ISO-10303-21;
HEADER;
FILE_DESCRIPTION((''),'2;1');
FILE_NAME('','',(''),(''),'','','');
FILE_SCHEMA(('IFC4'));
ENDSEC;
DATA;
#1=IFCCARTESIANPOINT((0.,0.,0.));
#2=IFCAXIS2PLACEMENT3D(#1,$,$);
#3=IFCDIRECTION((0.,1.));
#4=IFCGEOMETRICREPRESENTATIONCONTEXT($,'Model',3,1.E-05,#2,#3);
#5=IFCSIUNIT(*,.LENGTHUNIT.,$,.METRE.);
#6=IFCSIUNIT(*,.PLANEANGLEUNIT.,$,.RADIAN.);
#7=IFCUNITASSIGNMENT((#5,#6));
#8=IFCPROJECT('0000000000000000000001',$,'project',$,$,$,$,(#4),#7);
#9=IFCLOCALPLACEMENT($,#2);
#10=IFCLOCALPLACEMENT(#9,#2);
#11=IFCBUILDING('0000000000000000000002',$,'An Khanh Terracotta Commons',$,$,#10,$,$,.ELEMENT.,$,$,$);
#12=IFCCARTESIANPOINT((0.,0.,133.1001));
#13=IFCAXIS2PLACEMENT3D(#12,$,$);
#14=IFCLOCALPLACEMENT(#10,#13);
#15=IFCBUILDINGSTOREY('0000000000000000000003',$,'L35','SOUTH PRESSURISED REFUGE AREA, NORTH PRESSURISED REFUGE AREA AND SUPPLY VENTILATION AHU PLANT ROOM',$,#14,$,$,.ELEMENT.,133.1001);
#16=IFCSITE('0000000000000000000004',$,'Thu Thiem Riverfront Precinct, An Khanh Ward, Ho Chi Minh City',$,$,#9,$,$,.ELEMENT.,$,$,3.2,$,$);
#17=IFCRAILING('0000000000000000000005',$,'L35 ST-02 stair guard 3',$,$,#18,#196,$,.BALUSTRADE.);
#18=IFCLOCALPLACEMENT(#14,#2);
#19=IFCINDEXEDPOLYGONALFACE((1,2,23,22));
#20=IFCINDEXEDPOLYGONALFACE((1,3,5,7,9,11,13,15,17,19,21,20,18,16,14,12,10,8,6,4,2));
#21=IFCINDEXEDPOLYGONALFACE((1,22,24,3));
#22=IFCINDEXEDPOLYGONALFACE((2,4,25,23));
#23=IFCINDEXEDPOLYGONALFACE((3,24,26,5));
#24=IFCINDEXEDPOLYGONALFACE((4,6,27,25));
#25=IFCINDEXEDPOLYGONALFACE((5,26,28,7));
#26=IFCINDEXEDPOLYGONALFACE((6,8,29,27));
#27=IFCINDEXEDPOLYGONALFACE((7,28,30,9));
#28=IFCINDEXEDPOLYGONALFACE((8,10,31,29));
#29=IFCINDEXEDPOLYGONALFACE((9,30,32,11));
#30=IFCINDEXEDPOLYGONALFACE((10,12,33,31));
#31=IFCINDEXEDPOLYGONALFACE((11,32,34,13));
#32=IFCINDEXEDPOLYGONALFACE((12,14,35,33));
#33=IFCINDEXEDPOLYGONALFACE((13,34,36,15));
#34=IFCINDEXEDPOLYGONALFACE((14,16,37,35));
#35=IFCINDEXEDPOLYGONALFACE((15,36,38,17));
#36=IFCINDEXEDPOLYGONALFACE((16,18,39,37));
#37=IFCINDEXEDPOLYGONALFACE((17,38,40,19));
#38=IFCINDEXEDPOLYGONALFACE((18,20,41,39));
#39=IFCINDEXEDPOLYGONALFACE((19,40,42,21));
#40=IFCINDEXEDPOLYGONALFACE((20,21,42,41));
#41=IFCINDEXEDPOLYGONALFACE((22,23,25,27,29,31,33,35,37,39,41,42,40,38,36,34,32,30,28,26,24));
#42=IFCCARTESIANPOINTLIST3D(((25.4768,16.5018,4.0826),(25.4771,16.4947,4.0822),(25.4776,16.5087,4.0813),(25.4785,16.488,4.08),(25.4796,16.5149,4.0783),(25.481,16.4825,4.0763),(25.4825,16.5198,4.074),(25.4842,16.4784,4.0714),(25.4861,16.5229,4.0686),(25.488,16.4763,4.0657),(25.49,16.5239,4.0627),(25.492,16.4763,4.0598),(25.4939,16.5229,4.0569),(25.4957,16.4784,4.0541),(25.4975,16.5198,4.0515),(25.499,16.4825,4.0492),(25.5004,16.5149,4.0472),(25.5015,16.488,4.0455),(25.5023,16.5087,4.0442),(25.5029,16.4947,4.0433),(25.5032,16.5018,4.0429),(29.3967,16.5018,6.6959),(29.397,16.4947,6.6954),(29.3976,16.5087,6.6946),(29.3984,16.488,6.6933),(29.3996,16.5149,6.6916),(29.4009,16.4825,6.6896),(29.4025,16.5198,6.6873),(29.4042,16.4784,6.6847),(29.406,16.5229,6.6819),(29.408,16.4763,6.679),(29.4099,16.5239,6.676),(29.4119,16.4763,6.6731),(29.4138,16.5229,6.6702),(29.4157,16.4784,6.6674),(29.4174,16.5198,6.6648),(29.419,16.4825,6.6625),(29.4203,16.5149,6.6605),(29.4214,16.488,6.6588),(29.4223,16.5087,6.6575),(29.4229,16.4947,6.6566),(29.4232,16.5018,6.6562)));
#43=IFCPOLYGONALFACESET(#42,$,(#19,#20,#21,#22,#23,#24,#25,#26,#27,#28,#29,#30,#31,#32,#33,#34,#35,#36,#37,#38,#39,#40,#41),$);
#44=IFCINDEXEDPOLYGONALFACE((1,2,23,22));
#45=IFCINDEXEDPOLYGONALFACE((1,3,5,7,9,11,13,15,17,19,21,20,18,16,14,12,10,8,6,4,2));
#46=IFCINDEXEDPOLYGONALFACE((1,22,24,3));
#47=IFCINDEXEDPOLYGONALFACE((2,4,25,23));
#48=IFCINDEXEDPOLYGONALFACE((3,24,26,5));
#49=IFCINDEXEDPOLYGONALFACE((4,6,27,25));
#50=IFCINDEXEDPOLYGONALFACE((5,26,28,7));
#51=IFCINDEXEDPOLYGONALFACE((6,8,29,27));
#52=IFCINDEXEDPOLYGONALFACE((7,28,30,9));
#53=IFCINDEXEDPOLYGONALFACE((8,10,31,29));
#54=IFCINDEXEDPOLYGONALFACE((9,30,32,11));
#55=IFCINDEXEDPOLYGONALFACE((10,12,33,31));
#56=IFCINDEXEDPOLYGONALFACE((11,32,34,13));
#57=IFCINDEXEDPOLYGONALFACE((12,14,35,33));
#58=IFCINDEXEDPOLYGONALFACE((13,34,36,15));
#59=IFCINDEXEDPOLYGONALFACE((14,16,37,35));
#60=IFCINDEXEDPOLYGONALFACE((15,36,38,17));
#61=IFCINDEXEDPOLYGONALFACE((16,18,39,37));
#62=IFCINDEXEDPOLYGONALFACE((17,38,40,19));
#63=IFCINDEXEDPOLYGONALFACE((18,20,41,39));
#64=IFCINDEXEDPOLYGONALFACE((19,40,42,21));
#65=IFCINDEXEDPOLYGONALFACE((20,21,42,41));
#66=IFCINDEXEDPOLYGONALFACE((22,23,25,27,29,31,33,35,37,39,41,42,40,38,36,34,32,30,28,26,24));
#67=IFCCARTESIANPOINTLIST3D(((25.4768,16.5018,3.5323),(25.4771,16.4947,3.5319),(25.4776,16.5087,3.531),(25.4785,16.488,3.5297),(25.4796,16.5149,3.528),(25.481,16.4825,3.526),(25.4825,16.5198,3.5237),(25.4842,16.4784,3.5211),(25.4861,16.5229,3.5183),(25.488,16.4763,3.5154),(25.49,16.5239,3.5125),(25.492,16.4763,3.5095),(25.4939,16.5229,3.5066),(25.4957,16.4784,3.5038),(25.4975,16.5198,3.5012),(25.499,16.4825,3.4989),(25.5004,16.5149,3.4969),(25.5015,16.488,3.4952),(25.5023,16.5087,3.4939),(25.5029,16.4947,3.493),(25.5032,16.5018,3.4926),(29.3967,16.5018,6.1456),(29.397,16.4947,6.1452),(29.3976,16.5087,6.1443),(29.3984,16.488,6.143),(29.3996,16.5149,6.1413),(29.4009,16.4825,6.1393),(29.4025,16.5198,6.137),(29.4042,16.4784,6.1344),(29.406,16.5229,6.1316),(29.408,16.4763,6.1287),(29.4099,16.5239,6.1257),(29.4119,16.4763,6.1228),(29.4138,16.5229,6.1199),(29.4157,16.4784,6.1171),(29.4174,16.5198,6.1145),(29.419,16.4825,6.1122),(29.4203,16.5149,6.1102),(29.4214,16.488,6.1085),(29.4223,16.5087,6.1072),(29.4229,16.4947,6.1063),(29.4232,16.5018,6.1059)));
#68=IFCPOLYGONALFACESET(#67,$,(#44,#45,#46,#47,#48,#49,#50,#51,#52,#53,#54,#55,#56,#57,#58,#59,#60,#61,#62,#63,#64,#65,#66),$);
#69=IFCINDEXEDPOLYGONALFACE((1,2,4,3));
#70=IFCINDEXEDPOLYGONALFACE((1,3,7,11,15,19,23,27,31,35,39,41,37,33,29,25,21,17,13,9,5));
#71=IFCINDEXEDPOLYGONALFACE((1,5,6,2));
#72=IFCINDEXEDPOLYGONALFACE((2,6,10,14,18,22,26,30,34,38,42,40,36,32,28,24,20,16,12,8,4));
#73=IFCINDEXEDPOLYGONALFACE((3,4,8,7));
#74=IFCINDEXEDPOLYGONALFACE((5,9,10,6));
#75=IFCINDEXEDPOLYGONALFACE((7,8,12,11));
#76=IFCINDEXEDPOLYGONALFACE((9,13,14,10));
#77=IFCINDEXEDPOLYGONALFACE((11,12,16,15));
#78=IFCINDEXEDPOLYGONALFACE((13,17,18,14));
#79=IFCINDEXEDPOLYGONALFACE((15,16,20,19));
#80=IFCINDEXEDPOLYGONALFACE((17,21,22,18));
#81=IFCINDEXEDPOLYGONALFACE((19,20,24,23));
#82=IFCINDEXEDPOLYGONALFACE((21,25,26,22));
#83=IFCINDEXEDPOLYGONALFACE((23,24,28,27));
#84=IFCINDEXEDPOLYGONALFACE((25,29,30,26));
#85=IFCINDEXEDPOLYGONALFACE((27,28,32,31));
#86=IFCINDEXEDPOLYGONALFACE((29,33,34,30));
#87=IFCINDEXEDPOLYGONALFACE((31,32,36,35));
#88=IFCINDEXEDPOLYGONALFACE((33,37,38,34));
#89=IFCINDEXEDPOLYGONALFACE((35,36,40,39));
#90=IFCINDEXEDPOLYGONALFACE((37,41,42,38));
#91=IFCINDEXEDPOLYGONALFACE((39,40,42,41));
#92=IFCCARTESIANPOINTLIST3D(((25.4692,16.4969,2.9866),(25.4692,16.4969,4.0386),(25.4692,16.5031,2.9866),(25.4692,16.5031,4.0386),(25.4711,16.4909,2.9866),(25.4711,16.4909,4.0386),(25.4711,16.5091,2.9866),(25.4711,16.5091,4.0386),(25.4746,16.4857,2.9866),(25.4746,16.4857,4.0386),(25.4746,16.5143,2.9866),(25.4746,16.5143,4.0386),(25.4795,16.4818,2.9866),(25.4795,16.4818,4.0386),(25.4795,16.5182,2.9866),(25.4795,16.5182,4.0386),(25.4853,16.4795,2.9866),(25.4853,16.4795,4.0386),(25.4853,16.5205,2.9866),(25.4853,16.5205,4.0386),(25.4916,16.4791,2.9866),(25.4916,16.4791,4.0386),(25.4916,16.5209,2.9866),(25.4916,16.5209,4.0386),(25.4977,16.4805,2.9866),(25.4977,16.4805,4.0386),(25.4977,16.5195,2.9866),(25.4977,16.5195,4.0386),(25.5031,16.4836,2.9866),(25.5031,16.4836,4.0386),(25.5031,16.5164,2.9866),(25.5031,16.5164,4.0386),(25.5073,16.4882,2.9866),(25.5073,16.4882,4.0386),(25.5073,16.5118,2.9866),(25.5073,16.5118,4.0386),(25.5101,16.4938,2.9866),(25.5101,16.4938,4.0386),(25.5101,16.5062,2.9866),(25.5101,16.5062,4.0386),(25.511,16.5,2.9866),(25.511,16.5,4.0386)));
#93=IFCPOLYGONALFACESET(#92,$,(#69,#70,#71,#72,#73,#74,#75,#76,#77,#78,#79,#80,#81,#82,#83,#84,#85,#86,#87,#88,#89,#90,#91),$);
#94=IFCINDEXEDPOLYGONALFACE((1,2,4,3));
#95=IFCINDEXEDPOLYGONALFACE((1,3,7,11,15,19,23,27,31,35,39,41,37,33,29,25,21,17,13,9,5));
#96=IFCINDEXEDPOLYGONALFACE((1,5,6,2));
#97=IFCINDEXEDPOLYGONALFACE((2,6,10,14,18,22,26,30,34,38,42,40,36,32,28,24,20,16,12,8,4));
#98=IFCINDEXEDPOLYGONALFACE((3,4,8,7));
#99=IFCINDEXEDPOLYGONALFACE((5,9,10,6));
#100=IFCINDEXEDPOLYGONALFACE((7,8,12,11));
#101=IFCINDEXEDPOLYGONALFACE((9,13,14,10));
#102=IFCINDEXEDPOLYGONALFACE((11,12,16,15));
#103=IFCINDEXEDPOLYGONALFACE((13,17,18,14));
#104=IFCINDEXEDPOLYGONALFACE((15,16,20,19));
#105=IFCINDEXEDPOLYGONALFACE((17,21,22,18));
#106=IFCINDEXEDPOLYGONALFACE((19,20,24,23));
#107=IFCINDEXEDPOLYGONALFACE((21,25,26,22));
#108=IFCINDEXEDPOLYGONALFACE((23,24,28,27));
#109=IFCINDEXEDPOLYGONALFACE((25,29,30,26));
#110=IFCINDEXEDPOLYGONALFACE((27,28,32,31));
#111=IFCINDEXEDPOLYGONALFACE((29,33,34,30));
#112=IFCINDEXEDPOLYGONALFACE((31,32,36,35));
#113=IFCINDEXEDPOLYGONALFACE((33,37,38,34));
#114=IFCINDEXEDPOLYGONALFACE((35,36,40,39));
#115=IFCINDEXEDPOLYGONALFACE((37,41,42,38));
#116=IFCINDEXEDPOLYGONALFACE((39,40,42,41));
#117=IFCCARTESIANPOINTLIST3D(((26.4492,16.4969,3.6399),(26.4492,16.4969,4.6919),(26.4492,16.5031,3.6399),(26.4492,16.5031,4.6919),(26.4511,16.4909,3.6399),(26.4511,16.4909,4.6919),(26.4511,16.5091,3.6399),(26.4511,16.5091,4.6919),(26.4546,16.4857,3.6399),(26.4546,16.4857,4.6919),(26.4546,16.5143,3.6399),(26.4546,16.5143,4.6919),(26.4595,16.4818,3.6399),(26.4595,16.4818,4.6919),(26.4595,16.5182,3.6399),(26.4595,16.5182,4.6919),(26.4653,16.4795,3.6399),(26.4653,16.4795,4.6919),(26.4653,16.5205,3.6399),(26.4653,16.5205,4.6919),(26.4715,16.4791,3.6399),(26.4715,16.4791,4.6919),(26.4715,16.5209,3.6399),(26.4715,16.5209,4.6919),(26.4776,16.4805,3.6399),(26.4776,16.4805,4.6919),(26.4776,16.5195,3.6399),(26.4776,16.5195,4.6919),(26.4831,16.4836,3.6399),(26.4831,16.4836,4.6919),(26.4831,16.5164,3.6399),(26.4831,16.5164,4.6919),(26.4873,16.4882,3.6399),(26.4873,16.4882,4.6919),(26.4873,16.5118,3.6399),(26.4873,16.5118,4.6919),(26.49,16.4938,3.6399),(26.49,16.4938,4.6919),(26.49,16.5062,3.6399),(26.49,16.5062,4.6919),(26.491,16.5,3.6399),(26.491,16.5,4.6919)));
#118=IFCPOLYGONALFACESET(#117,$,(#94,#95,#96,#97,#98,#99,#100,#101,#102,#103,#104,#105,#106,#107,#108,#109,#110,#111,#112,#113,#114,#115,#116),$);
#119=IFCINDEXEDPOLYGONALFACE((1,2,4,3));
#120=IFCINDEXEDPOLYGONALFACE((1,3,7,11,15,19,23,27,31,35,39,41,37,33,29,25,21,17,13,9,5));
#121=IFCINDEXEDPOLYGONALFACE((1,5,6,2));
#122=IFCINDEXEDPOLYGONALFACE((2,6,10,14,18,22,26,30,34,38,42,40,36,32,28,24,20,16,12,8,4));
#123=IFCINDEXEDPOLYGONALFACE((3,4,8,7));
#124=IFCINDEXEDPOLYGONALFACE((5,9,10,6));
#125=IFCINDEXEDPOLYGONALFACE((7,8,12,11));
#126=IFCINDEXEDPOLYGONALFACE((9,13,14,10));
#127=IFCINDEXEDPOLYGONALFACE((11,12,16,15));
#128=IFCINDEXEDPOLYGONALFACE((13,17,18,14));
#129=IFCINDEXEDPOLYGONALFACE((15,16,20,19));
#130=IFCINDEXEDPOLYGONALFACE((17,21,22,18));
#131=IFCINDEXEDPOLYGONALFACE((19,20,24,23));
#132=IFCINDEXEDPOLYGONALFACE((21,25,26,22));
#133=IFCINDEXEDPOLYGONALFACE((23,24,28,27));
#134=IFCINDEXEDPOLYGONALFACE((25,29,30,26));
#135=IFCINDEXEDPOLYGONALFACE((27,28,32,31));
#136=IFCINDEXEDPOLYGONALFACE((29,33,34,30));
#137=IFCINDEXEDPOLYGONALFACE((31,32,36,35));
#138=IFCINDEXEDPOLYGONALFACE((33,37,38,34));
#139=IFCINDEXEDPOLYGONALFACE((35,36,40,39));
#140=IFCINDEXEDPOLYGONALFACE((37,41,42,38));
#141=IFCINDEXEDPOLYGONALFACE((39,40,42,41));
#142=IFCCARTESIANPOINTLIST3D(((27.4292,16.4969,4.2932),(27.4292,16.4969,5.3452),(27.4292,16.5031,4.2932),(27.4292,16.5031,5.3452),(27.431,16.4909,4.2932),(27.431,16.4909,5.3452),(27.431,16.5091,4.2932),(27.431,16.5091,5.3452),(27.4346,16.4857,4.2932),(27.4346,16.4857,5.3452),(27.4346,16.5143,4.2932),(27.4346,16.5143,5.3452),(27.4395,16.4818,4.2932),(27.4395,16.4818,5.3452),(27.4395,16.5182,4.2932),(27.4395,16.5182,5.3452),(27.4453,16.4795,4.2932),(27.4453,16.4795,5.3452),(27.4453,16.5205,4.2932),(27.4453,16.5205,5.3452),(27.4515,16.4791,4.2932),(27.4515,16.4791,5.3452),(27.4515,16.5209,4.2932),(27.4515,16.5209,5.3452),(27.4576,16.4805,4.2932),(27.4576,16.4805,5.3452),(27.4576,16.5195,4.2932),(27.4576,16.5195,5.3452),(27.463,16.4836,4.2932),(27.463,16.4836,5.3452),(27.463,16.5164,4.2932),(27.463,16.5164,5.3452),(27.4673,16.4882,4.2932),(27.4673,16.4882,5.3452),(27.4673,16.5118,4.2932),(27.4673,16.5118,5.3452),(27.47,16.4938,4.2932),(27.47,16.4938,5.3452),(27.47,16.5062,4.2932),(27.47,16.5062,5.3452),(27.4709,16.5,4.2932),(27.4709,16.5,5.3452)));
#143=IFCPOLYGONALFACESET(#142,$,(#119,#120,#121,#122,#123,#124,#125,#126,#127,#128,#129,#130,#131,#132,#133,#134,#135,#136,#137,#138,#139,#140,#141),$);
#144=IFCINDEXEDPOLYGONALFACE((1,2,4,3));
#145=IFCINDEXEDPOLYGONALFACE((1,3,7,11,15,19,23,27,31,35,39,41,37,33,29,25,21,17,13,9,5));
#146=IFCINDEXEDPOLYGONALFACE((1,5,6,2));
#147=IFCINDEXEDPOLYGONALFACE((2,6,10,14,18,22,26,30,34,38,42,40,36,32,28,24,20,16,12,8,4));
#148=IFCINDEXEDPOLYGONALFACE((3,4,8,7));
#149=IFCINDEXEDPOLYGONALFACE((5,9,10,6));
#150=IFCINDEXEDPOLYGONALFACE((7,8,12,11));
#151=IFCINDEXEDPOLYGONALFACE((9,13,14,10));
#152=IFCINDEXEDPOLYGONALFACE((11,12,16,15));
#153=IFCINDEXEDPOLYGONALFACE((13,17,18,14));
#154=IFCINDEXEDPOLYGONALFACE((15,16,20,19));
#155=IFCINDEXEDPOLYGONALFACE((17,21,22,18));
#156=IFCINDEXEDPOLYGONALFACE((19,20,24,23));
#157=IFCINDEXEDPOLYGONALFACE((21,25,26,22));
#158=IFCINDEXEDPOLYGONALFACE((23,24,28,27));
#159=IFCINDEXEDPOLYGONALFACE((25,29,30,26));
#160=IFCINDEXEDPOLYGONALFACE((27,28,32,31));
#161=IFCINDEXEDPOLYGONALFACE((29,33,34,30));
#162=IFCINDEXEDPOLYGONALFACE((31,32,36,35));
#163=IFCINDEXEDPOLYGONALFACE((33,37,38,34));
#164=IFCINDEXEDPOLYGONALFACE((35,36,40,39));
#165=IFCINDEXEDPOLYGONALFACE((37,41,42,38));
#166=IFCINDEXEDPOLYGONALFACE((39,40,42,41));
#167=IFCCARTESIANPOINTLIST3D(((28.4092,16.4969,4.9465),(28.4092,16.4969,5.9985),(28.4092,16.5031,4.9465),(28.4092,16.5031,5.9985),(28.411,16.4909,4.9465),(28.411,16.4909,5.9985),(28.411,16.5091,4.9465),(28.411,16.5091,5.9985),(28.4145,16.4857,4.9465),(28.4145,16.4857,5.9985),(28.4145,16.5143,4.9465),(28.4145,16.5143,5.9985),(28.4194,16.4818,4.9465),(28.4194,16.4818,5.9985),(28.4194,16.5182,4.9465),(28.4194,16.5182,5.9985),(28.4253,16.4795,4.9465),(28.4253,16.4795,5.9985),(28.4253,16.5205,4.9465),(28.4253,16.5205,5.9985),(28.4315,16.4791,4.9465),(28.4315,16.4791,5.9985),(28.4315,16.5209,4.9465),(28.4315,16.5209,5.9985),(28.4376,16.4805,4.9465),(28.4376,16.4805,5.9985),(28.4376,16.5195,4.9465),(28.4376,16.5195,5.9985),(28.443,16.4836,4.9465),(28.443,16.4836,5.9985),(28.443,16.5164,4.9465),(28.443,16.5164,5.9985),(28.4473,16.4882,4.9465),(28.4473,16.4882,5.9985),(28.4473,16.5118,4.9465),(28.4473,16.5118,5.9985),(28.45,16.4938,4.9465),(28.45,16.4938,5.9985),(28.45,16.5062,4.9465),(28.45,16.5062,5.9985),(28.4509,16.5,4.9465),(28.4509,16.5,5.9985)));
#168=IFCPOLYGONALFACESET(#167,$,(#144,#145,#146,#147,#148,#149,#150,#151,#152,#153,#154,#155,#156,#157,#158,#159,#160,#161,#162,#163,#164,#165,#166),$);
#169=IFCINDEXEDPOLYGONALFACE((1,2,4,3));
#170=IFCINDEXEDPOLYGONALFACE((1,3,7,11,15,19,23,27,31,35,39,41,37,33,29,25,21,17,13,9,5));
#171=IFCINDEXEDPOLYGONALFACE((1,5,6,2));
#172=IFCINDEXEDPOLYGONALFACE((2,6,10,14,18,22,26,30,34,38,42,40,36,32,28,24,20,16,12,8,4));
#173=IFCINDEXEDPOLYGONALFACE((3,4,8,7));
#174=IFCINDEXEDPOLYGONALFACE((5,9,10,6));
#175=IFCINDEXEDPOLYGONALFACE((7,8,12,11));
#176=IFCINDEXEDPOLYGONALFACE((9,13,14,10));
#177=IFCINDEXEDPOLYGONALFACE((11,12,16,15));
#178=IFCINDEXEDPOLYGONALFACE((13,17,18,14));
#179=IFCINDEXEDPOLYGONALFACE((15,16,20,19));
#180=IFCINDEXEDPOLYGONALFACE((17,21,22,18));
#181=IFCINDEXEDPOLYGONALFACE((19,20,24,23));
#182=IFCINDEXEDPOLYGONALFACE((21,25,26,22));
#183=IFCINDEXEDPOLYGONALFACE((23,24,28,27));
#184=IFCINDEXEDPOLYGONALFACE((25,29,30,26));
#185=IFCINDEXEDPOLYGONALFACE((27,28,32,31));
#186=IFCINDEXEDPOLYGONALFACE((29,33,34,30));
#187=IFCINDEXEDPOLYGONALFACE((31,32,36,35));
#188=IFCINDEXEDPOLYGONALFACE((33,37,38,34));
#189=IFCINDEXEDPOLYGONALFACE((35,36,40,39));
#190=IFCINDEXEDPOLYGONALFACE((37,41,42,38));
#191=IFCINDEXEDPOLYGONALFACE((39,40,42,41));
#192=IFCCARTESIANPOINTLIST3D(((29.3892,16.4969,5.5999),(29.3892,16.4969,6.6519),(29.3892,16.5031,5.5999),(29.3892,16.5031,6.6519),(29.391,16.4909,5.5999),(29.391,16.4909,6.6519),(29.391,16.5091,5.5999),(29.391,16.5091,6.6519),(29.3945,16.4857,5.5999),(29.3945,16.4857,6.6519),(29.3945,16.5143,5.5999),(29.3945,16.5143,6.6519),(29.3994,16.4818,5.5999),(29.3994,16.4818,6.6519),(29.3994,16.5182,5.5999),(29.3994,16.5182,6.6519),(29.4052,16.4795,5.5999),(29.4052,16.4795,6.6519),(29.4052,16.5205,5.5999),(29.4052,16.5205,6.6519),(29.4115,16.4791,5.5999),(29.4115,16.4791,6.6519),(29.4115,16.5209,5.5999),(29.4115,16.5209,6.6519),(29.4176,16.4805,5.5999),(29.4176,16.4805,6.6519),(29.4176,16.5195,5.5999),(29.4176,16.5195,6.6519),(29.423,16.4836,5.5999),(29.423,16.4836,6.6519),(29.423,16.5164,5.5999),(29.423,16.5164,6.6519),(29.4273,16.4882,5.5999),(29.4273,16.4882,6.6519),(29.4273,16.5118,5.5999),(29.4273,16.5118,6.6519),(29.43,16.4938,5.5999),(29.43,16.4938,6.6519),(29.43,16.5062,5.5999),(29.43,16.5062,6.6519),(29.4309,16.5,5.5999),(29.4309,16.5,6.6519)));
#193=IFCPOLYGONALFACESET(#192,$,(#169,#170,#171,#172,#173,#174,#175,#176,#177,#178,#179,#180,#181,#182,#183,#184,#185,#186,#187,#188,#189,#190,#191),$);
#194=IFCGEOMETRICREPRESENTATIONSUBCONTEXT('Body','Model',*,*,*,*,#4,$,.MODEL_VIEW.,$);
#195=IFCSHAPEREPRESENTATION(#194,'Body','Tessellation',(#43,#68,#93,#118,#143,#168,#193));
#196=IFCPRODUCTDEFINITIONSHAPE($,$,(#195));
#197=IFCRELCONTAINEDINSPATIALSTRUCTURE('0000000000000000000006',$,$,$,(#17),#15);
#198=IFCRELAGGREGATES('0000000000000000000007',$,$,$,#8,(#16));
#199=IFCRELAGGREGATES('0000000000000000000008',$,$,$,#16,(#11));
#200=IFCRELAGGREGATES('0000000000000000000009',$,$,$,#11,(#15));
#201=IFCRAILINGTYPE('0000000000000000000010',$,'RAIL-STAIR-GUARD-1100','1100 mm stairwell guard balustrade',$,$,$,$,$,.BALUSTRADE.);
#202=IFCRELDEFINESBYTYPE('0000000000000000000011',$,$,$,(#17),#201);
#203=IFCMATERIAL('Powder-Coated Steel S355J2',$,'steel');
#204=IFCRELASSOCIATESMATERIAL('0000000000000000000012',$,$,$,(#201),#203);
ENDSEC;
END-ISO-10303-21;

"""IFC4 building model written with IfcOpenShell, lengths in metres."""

from ifc_helpers import new_model, si_unit, direction, frame, origin, origin_2d, place, context, subcontext, project, spatial, circle, extrude, material, type_object, element, save


model = new_model("IFC4")

# Units and contexts
model_context = context("Model", 3, precision=1e-05, world=origin(), true_north=direction((0.0, 1.0)))
body_context = subcontext(model_context, "Body", "Model", "MODEL_VIEW")
ifc_project = project(units=[si_unit("LENGTHUNIT", "METRE"), si_unit("PLANEANGLEUNIT", "RADIAN")], contexts=[model_context])

# Site, building, storey
site_placement = place(None, origin())
site = spatial("IfcSite", under=ifc_project, at=site_placement, Name="Thu Thiem Riverfront Precinct, An Khanh Ward, Ho Chi Minh City", CompositionType="ELEMENT", RefElevation=3.2)
building_placement = place(site_placement, origin())
building = spatial("IfcBuilding", under=site, at=building_placement, Name="An Khanh Terracotta Commons", CompositionType="ELEMENT")
storey_placement = place(building_placement, frame((0.0, 0.0, 133.1001)))
storey = spatial("IfcBuildingStorey", under=building, at=storey_placement, Name="L35", Description="SOUTH PRESSURISED REFUGE AREA, NORTH PRESSURISED REFUGE AREA AND SUPPLY VENTILATION AHU PLANT ROOM", CompositionType="ELEMENT", Elevation=133.1001)

# Railing
ifc_material_1 = material(Name="Powder-Coated Steel S355J2", Category="steel")
railing_type_1 = type_object("IfcRailingType", Name="RAIL-STAIR-GUARD-1100", Description="1100 mm stairwell guard balustrade", PredefinedType="BALUSTRADE", material=ifc_material_1)
railing_1_placement = place(storey_placement, frame((25.49, 16.5, 2.9866)))
element("IfcRailing", 1, at=railing_1_placement, inside=storey, type_object=railing_type_1, Name="L35 ST-02 stair guard 3", PredefinedType="BALUSTRADE", context=body_context, shape_type="SweptSolid", body=[
    extrude(circle(Radius=0.0239, at=origin_2d()), frame((0.0, 0.0, 1.0762), z_axis=(0.83205, 0.0, 0.5547), x_axis=(0.0, 1.0, 0.0)), (0.0, 0.0, 1.0), 4.7112),
    extrude(circle(Radius=0.0239, at=origin_2d()), frame((0.0, 0.0, 0.5259), z_axis=(0.83205, 0.0, 0.5547), x_axis=(0.0, 1.0, 0.0)), (0.0, 0.0, 1.0), 4.7112),
    extrude(circle(Radius=0.021, at=origin_2d()), origin(), (0.0, 0.0, 1.0), 1.052),
    extrude(circle(Radius=0.021, at=origin_2d()), frame((0.98, 0.0, 0.6533)), (0.0, 0.0, 1.0), 1.052),
    extrude(circle(Radius=0.021, at=origin_2d()), frame((1.96, 0.0, 1.3066)), (0.0, 0.0, 1.0), 1.052),
    extrude(circle(Radius=0.021, at=origin_2d()), frame((2.9399, 0.0, 1.96)), (0.0, 0.0, 1.0), 1.052),
    extrude(circle(Radius=0.021, at=origin_2d()), frame((3.9199, 0.0, 2.6133)), (0.0, 0.0, 1.0), 1.052),
])

save(model, "model.ifc")
